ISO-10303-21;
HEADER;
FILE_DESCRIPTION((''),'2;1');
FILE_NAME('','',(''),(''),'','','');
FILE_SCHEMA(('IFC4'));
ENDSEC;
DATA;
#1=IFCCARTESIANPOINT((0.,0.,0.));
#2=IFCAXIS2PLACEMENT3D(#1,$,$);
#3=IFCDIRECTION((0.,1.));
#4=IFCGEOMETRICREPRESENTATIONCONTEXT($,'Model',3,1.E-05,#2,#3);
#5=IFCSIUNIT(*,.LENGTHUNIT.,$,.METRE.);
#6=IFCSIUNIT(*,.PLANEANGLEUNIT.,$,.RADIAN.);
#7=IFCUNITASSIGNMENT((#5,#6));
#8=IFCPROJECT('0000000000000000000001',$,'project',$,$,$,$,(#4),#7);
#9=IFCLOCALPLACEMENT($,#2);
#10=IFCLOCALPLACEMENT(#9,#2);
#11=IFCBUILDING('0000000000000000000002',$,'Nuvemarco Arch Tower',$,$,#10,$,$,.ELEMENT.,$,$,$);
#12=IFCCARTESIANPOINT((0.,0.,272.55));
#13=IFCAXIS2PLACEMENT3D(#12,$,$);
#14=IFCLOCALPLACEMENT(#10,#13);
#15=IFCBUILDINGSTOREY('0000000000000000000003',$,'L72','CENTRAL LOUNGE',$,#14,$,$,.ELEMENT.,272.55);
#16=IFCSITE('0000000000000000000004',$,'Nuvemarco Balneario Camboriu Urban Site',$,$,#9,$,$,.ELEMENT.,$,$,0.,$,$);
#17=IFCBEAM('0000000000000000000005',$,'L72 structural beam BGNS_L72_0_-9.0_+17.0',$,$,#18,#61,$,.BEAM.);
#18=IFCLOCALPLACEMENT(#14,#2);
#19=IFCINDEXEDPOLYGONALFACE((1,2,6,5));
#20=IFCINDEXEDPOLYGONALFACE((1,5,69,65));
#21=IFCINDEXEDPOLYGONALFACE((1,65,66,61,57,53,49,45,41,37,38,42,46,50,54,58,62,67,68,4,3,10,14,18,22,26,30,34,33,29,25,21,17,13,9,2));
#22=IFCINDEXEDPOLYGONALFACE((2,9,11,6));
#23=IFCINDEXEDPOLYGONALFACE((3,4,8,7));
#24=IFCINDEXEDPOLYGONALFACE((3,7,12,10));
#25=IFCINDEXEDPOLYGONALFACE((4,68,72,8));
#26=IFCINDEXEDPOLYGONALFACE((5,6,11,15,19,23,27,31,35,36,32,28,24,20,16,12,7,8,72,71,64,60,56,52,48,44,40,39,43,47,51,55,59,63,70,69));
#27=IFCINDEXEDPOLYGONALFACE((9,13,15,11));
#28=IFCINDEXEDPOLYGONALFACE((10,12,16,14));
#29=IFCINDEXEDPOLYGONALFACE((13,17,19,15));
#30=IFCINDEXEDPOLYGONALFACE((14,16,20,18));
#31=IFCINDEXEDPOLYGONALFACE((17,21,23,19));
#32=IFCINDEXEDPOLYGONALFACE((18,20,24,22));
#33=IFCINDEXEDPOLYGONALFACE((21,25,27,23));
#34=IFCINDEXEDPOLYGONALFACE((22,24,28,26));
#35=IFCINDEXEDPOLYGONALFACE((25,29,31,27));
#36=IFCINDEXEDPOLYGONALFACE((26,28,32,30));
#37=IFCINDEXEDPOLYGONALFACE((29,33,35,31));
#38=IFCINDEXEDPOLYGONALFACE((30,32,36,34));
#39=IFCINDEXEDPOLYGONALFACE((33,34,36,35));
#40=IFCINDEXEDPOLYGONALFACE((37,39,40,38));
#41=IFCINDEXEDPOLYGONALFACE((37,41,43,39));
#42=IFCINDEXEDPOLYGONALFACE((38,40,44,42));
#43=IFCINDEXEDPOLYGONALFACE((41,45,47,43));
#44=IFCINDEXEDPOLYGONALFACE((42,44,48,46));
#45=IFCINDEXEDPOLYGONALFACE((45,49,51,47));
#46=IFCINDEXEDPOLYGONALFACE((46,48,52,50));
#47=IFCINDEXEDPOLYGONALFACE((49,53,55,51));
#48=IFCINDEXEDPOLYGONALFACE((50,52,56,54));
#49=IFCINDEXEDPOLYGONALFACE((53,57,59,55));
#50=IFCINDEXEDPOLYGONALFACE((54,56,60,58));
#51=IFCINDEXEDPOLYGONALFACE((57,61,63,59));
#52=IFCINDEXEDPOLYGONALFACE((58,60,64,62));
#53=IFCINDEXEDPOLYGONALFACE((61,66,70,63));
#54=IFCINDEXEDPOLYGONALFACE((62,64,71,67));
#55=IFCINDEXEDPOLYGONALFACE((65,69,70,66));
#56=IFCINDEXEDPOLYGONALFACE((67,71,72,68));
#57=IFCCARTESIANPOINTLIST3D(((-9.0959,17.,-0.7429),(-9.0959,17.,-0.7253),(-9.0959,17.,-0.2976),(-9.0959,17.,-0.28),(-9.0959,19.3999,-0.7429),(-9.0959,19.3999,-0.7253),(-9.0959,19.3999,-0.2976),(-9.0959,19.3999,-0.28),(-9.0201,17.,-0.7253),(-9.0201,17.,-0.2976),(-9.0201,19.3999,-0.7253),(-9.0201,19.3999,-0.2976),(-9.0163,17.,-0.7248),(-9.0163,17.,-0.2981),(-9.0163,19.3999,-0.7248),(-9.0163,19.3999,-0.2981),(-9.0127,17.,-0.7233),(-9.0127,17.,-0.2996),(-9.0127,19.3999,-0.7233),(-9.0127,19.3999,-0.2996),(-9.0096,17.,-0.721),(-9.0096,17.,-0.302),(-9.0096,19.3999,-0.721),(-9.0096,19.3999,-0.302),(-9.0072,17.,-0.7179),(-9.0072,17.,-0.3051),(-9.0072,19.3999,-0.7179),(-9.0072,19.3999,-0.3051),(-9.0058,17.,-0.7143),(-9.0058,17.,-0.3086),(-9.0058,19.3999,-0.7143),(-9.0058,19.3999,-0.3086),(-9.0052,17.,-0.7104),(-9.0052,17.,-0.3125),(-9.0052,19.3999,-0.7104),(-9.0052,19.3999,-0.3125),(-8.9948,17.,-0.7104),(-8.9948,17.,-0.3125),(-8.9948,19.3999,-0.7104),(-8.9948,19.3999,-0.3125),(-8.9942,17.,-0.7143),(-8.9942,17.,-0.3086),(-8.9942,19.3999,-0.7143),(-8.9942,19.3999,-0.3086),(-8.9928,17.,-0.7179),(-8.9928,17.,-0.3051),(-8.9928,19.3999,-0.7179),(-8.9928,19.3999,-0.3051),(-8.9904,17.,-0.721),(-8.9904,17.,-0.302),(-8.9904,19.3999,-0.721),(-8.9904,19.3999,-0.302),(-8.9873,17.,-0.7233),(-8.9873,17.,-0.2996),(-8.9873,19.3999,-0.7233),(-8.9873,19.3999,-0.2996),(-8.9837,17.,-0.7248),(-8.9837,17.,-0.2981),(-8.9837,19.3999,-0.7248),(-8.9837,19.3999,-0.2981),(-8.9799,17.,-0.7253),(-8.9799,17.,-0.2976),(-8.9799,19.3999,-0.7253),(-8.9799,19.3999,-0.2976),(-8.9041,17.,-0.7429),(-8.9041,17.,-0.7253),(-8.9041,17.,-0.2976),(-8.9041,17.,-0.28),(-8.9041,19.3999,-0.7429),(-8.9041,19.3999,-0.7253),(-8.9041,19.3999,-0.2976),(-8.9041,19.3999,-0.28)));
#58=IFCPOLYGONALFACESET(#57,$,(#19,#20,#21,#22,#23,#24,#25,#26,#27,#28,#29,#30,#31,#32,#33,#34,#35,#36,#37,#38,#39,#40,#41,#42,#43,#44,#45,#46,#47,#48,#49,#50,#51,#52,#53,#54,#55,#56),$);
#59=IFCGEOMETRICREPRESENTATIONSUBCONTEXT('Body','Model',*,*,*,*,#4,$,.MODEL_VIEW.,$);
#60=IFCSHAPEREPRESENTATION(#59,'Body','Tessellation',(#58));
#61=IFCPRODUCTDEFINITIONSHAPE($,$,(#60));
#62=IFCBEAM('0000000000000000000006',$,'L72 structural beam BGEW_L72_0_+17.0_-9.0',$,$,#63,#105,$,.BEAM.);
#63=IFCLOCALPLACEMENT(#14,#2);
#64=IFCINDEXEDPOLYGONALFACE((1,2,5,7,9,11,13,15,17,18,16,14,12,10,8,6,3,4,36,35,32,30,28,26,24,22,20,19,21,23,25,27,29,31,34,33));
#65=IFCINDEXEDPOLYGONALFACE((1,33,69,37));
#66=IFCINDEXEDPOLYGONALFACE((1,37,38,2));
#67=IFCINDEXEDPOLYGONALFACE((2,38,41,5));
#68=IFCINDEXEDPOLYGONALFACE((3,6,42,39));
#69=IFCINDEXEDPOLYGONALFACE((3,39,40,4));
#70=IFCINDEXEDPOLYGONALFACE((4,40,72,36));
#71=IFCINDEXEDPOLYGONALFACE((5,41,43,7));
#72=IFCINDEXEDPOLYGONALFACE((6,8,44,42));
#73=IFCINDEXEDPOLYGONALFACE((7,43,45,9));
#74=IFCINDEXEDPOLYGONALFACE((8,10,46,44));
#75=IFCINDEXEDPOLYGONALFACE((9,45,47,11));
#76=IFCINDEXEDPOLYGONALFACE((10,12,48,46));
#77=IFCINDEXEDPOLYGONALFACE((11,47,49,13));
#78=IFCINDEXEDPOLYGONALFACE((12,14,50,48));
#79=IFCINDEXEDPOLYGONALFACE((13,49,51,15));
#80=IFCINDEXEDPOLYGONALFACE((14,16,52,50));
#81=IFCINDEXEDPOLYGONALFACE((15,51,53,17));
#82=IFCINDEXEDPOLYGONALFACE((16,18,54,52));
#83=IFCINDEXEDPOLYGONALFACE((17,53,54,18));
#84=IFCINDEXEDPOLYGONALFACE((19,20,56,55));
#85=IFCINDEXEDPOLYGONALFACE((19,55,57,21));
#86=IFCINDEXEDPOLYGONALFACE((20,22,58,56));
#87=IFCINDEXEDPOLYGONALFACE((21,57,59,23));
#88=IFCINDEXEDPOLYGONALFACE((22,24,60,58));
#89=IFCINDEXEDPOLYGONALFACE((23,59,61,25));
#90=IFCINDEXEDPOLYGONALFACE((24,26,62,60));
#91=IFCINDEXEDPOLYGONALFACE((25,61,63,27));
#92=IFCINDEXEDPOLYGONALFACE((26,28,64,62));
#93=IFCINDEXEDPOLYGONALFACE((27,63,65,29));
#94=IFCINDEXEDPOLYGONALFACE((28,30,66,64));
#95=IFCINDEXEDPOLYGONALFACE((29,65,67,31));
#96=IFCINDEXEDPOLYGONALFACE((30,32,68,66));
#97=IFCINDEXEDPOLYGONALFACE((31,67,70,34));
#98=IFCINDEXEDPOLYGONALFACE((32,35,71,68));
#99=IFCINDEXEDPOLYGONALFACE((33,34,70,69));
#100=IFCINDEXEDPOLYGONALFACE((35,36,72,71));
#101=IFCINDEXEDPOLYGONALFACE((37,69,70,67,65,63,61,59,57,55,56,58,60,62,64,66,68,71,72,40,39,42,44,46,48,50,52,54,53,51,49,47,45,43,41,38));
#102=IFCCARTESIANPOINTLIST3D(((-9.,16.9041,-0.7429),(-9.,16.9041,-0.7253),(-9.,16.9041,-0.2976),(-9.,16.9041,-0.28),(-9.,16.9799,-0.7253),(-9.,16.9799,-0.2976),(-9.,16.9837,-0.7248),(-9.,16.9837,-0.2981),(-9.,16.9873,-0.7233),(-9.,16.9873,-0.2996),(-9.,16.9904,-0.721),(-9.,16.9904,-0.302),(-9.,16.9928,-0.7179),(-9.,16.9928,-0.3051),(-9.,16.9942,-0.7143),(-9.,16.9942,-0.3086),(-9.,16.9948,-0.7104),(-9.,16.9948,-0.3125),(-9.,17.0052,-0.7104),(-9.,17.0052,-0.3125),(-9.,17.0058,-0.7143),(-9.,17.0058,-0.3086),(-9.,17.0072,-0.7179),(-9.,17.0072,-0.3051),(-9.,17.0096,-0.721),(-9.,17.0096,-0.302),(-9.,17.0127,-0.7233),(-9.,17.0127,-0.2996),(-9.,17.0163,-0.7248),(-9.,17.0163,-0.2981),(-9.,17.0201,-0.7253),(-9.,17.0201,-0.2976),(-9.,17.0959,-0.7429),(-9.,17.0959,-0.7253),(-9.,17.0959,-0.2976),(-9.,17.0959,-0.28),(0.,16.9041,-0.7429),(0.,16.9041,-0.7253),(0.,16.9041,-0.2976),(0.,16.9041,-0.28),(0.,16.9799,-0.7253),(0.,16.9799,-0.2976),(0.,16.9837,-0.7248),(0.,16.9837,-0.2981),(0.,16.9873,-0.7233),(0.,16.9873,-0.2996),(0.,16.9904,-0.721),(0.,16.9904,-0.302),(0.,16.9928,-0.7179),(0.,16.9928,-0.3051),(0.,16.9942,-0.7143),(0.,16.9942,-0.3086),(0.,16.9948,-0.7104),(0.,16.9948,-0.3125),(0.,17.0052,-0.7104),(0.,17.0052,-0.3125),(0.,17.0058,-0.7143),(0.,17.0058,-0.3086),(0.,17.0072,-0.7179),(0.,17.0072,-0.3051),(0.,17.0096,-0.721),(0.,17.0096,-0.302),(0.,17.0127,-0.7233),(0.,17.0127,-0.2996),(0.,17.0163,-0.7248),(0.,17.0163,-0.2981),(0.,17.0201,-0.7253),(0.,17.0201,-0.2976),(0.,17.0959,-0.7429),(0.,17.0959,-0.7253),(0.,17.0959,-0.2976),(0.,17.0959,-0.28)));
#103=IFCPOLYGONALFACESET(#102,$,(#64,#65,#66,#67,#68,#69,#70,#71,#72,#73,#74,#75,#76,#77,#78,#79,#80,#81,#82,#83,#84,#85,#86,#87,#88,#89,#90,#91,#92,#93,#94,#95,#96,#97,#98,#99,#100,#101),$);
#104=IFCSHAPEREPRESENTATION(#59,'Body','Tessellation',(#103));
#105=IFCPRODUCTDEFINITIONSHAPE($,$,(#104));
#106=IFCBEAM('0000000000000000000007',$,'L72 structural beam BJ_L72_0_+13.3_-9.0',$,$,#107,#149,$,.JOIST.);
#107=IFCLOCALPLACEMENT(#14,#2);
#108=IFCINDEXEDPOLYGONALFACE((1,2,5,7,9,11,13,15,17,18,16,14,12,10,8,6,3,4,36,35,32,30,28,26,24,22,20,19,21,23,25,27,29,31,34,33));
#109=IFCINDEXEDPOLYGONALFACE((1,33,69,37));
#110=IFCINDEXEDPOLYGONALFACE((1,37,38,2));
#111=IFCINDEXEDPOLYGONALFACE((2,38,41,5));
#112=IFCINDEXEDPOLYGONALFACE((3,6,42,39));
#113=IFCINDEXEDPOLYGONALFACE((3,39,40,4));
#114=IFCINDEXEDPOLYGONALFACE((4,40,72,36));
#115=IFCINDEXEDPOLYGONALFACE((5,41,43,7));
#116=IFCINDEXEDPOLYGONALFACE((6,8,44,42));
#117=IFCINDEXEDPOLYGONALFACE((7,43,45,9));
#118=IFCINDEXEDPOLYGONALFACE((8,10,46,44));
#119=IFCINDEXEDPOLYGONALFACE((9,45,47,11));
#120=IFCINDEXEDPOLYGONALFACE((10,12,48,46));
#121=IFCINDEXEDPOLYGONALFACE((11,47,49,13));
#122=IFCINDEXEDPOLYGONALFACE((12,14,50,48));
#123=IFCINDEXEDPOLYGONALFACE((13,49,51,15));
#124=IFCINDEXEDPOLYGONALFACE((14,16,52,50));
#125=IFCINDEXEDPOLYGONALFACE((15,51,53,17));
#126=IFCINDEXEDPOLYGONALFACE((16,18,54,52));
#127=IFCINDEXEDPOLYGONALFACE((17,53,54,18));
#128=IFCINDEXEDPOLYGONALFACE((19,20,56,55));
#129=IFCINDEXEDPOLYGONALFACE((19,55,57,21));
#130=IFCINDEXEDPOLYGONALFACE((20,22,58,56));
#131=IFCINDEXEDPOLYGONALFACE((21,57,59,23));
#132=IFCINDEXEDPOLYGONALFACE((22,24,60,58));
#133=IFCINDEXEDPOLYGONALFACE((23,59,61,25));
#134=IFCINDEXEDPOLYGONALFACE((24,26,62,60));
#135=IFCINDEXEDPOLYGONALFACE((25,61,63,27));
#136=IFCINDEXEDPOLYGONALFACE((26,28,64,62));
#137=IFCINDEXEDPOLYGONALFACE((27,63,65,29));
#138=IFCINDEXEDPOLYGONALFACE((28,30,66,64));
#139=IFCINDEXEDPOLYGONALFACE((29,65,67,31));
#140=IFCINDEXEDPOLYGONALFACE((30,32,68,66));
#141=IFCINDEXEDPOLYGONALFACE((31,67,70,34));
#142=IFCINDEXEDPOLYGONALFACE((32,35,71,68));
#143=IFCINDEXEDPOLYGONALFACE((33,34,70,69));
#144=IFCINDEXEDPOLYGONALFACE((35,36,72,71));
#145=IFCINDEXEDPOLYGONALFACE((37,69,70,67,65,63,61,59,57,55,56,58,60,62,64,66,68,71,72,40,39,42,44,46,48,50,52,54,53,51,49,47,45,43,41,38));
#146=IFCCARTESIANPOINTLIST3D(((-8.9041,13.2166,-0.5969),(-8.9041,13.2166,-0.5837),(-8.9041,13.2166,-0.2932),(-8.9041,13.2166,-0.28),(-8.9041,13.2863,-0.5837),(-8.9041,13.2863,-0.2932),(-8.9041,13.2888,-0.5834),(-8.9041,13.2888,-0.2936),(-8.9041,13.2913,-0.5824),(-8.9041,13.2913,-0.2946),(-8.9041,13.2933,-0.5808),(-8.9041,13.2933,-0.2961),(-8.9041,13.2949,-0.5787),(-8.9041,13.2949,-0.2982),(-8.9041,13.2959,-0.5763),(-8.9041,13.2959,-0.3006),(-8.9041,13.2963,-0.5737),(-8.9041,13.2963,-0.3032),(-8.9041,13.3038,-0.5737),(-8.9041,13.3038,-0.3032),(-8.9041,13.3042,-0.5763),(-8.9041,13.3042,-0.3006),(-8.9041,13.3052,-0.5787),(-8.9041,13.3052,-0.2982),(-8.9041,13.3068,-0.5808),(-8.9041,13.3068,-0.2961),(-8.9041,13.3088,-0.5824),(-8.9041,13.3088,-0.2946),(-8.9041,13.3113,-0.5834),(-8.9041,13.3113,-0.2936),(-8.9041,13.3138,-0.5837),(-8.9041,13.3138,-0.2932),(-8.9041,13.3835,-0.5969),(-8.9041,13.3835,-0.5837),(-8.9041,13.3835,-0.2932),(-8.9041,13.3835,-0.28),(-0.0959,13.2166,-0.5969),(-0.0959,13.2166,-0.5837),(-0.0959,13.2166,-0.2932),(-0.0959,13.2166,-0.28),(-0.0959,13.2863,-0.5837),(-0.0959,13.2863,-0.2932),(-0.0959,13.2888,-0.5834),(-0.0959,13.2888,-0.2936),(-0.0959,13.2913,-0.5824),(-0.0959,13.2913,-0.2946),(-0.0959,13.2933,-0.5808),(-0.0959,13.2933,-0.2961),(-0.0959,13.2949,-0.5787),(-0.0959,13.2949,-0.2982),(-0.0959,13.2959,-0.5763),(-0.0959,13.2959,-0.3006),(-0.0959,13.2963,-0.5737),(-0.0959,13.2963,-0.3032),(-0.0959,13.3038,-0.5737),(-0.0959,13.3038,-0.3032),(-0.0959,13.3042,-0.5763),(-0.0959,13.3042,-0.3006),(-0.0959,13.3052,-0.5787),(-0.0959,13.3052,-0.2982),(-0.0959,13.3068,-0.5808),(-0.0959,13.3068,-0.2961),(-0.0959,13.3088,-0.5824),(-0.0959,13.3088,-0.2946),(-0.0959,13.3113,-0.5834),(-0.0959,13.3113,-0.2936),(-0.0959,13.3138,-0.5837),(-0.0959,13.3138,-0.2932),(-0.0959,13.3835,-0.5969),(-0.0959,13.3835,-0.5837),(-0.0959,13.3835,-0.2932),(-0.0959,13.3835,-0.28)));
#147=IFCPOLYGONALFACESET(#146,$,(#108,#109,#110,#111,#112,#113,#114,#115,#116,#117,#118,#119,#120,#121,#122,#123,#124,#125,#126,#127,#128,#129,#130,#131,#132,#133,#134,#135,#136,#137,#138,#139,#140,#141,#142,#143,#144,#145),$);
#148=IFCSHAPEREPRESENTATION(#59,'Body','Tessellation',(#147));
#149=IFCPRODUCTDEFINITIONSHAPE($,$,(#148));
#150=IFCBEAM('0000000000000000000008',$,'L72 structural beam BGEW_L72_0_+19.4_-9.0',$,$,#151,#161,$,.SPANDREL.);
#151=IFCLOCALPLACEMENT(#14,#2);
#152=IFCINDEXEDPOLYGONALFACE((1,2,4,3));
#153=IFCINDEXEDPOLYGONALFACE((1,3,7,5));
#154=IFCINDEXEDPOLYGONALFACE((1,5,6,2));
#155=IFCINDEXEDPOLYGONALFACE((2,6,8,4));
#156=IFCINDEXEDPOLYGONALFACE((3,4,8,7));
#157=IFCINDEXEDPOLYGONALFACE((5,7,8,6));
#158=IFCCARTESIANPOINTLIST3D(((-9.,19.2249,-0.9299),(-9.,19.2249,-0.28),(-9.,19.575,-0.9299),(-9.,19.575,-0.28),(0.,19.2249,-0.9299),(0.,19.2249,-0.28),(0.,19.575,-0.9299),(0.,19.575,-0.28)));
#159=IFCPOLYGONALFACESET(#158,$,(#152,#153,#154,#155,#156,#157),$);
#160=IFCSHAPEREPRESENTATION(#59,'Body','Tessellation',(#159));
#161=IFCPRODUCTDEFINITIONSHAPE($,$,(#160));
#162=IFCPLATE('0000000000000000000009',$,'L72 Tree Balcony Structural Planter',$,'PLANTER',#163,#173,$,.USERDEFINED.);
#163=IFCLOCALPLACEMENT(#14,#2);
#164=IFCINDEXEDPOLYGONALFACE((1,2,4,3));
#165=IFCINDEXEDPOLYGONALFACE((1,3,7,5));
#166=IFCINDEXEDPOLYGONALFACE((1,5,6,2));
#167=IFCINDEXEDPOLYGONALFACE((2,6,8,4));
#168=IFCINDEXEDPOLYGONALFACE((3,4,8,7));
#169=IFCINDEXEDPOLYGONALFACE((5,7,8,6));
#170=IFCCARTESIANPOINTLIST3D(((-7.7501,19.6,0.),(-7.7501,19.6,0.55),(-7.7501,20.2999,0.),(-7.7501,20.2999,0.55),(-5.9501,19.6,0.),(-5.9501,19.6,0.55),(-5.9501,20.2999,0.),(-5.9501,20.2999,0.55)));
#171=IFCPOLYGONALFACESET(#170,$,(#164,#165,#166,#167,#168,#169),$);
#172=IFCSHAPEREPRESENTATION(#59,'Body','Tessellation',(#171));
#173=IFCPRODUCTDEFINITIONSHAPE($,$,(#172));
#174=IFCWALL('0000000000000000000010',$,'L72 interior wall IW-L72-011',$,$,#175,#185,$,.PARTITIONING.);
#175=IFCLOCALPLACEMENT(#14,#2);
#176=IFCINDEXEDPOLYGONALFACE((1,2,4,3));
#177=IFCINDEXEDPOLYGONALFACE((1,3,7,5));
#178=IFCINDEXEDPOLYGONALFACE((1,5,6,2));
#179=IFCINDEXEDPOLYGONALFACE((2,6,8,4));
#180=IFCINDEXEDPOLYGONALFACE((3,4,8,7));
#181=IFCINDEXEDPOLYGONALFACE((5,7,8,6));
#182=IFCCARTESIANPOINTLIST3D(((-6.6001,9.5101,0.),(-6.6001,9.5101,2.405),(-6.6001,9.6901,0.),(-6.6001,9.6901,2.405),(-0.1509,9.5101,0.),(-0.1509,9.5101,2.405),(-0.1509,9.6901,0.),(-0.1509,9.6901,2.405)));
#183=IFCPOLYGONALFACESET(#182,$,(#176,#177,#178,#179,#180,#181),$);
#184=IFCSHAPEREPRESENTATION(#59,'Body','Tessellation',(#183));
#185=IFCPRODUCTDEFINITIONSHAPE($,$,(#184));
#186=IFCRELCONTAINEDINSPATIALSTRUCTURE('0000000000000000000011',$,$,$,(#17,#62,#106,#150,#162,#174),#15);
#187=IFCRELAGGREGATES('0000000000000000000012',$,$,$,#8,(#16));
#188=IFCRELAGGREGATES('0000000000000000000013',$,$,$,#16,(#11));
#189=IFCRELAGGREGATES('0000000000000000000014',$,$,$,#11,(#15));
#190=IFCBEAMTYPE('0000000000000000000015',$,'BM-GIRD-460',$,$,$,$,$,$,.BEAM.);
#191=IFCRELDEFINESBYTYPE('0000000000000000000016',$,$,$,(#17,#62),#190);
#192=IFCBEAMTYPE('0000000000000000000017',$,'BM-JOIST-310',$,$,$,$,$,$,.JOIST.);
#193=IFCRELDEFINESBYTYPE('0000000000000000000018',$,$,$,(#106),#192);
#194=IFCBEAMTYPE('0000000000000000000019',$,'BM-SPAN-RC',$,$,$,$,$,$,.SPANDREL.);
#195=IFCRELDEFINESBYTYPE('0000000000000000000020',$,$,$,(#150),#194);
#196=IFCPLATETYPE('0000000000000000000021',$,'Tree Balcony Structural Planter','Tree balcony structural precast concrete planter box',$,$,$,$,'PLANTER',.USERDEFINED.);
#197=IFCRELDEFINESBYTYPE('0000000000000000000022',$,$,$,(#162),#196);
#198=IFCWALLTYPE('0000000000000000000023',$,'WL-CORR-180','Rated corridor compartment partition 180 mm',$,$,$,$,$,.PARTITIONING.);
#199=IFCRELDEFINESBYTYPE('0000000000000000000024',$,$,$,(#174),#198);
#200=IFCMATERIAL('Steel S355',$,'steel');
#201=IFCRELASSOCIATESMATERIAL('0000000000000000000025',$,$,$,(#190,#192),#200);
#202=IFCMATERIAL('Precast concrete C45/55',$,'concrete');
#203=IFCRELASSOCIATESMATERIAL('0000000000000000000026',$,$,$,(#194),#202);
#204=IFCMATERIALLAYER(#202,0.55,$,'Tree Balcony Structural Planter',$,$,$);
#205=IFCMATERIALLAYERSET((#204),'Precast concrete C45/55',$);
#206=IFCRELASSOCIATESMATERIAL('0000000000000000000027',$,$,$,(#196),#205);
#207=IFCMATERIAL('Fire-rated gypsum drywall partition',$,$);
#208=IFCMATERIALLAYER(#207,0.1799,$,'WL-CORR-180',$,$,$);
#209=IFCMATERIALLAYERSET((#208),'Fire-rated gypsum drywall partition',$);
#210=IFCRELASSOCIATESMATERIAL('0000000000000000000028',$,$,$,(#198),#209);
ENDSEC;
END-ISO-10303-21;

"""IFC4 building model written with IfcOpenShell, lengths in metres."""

from ifc_helpers import new_model, si_unit, direction, frame, frame_2d, origin, origin_2d, place, context, subcontext, project, spatial, rectangle, i_section, extrude, source, transform, mapped, material, layer, layer_set, material_profile, profile_set, type_object, type_shapes, element, save


model = new_model("IFC4")

# Units and contexts
model_context = context("Model", 3, precision=1e-05, world=origin(), true_north=direction((0.0, 1.0)))
body_context = subcontext(model_context, "Body", "Model", "MODEL_VIEW")
ifc_project = project(units=[si_unit("LENGTHUNIT", "METRE"), si_unit("PLANEANGLEUNIT", "RADIAN")], contexts=[model_context])

# Site, building, storey
site_placement = place(None, origin())
site = spatial("IfcSite", under=ifc_project, at=site_placement, Name="Nuvemarco Balneario Camboriu Urban Site", CompositionType="ELEMENT", RefElevation=0.0)
building_placement = place(site_placement, origin())
building = spatial("IfcBuilding", under=site, at=building_placement, Name="Nuvemarco Arch Tower", CompositionType="ELEMENT")
storey_placement = place(building_placement, frame((0.0, 0.0, 272.55)))
storey = spatial("IfcBuildingStorey", under=building, at=storey_placement, Name="L72", Description="CENTRAL LOUNGE", CompositionType="ELEMENT", Elevation=272.55)

# Shared definitions
ifc_material_1 = material(Name="Steel S355", Category="steel")

# Beams
ifc_material_profile_1 = material_profile(ifc_material_1, i_section(OverallWidth=0.1919, OverallDepth=0.4629, WebThickness=0.0105, FlangeThickness=0.0176, FilletRadius=0.0149, at=origin_2d()), Name="W460x89")
ifc_profile_set_1 = profile_set([ifc_material_profile_1], Name="Steel S355")
beam_type_1 = type_object("IfcBeamType", Name="BM-GIRD-460", PredefinedType="BEAM", material=ifc_profile_set_1)
beam_1_placement = place(storey_placement, frame((-9.0, 17.0, -0.5115), z_axis=(0.0, 1.0, 0.0), x_axis=(-1.0, 0.0, 0.0)))
element("IfcBeam", 1, at=beam_1_placement, inside=storey, type_object=beam_type_1, Name="L72 structural beam BGNS_L72_0_-9.0_+17.0", PredefinedType="BEAM", context=body_context, shape_type="SweptSolid", body=[
    extrude(i_section(OverallWidth=0.1919, OverallDepth=0.4629, WebThickness=0.0105, FlangeThickness=0.0176, FilletRadius=0.0149, at=origin_2d()), origin(), (0.0, 0.0, 1.0), 2.3999),
])
beam_2_placement = place(storey_placement, frame((-9.0, 17.0, -0.5115), z_axis=(1.0, 0.0, 0.0), x_axis=(0.0, 1.0, 0.0)))
element("IfcBeam", 2, at=beam_2_placement, inside=storey, type_object=beam_type_1, Name="L72 structural beam BGEW_L72_0_+17.0_-9.0", PredefinedType="BEAM", context=body_context, shape_type="SweptSolid", body=[
    extrude(i_section(OverallWidth=0.1919, OverallDepth=0.4629, WebThickness=0.0105, FlangeThickness=0.0176, FilletRadius=0.0149, at=origin_2d()), origin(), (0.0, 0.0, 1.0), 9.0),
])
ifc_material_profile_2 = material_profile(ifc_material_1, i_section(OverallWidth=0.167, OverallDepth=0.3169, WebThickness=0.0076, FlangeThickness=0.0132, FilletRadius=0.01, at=origin_2d()), Name="W310x52")
ifc_profile_set_2 = profile_set([ifc_material_profile_2], Name="Steel S355")
beam_type_2 = type_object("IfcBeamType", Name="BM-JOIST-310", PredefinedType="JOIST", material=ifc_profile_set_2)
beam_3_placement = place(storey_placement, frame((-8.9041, 13.3, -0.4385), z_axis=(1.0, 0.0, 0.0), x_axis=(0.0, 1.0, 0.0)))
element("IfcBeam", 3, at=beam_3_placement, inside=storey, type_object=beam_type_2, Name="L72 structural beam BJ_L72_0_+13.3_-9.0", PredefinedType="JOIST", context=body_context, shape_type="SweptSolid", body=[
    extrude(i_section(OverallWidth=0.167, OverallDepth=0.3169, WebThickness=0.0076, FlangeThickness=0.0132, FilletRadius=0.01, at=origin_2d()), origin(), (0.0, 0.0, 1.0), 8.8081),
])
ifc_material_2 = material(Name="Precast concrete C45/55", Category="concrete")
ifc_material_profile_3 = material_profile(ifc_material_2, rectangle(XDim=0.3501, YDim=0.6499, at=origin_2d()), Name="PC-SP-350x650")
ifc_profile_set_3 = profile_set([ifc_material_profile_3], Name="Precast concrete C45/55")
beam_type_3 = type_object("IfcBeamType", Name="BM-SPAN-RC", PredefinedType="SPANDREL", material=ifc_profile_set_3)
beam_4_placement = place(storey_placement, frame((-9.0, 19.3999, -0.605), z_axis=(1.0, 0.0, 0.0), x_axis=(0.0, 1.0, 0.0)))
element("IfcBeam", 4, at=beam_4_placement, inside=storey, type_object=beam_type_3, Name="L72 structural beam BGEW_L72_0_+19.4_-9.0", PredefinedType="SPANDREL", context=body_context, shape_type="SweptSolid", body=[
    extrude(rectangle(XDim=0.3501, YDim=0.6499, at=origin_2d()), origin(), (0.0, 0.0, 1.0), 9.0),
])

# Plate
ifc_layer_1 = layer(ifc_material_2, 0.55, Name="Tree Balcony Structural Planter")
ifc_layer_set_1 = layer_set([ifc_layer_1], Name="Precast concrete C45/55")
plate_type = type_object("IfcPlateType", Name="Tree Balcony Structural Planter", Description="Tree balcony structural precast concrete planter box", ElementType="PLANTER", PredefinedType="USERDEFINED", material=ifc_layer_set_1)
shared_shape_1 = source(origin(), body_context, "Body", "SweptSolid", [
    extrude(rectangle(XDim=1.8, YDim=0.7, at=origin_2d()), origin(), (0.0, 0.0, 1.0), 0.55),
])
type_shapes(plate_type, [shared_shape_1])
plate_placement = place(storey_placement, frame((-6.8501, 19.95, 0.0), z_axis=(0.0, 0.0, 1.0), x_axis=(1.0, 0.0, 0.0)))
element("IfcPlate", 5, at=plate_placement, inside=storey, type_object=plate_type, Name="L72 Tree Balcony Structural Planter", ObjectType="PLANTER", PredefinedType="USERDEFINED", context=body_context, shape_type="MappedRepresentation", body=[
    mapped(shared_shape_1, transform((0.0, 0.0, 0.0), scale=1.0)),
])

# Wall
ifc_material_3 = material(Name="Fire-rated gypsum drywall partition")
ifc_layer_2 = layer(ifc_material_3, 0.1799, Name="WL-CORR-180")
ifc_layer_set_2 = layer_set([ifc_layer_2], Name="Fire-rated gypsum drywall partition")
wall_type_1 = type_object("IfcWallType", Name="WL-CORR-180", Description="Rated corridor compartment partition 180 mm", PredefinedType="PARTITIONING", material=ifc_layer_set_2)
wall_1_placement = place(storey_placement, frame((-6.6001, 9.6001, 0.0), z_axis=(0.0, 0.0, 1.0), x_axis=(1.0, 0.0, 0.0)))
element("IfcWall", 6, at=wall_1_placement, inside=storey, type_object=wall_type_1, Name="L72 interior wall IW-L72-011", PredefinedType="PARTITIONING", context=body_context, shape_type="SweptSolid", body=[
    extrude(rectangle(XDim=6.4492, YDim=0.1799, at=frame_2d((3.2246, 0.0))), origin(), (0.0, 0.0, 1.0), 2.405),
])

save(model, "model.ifc")
